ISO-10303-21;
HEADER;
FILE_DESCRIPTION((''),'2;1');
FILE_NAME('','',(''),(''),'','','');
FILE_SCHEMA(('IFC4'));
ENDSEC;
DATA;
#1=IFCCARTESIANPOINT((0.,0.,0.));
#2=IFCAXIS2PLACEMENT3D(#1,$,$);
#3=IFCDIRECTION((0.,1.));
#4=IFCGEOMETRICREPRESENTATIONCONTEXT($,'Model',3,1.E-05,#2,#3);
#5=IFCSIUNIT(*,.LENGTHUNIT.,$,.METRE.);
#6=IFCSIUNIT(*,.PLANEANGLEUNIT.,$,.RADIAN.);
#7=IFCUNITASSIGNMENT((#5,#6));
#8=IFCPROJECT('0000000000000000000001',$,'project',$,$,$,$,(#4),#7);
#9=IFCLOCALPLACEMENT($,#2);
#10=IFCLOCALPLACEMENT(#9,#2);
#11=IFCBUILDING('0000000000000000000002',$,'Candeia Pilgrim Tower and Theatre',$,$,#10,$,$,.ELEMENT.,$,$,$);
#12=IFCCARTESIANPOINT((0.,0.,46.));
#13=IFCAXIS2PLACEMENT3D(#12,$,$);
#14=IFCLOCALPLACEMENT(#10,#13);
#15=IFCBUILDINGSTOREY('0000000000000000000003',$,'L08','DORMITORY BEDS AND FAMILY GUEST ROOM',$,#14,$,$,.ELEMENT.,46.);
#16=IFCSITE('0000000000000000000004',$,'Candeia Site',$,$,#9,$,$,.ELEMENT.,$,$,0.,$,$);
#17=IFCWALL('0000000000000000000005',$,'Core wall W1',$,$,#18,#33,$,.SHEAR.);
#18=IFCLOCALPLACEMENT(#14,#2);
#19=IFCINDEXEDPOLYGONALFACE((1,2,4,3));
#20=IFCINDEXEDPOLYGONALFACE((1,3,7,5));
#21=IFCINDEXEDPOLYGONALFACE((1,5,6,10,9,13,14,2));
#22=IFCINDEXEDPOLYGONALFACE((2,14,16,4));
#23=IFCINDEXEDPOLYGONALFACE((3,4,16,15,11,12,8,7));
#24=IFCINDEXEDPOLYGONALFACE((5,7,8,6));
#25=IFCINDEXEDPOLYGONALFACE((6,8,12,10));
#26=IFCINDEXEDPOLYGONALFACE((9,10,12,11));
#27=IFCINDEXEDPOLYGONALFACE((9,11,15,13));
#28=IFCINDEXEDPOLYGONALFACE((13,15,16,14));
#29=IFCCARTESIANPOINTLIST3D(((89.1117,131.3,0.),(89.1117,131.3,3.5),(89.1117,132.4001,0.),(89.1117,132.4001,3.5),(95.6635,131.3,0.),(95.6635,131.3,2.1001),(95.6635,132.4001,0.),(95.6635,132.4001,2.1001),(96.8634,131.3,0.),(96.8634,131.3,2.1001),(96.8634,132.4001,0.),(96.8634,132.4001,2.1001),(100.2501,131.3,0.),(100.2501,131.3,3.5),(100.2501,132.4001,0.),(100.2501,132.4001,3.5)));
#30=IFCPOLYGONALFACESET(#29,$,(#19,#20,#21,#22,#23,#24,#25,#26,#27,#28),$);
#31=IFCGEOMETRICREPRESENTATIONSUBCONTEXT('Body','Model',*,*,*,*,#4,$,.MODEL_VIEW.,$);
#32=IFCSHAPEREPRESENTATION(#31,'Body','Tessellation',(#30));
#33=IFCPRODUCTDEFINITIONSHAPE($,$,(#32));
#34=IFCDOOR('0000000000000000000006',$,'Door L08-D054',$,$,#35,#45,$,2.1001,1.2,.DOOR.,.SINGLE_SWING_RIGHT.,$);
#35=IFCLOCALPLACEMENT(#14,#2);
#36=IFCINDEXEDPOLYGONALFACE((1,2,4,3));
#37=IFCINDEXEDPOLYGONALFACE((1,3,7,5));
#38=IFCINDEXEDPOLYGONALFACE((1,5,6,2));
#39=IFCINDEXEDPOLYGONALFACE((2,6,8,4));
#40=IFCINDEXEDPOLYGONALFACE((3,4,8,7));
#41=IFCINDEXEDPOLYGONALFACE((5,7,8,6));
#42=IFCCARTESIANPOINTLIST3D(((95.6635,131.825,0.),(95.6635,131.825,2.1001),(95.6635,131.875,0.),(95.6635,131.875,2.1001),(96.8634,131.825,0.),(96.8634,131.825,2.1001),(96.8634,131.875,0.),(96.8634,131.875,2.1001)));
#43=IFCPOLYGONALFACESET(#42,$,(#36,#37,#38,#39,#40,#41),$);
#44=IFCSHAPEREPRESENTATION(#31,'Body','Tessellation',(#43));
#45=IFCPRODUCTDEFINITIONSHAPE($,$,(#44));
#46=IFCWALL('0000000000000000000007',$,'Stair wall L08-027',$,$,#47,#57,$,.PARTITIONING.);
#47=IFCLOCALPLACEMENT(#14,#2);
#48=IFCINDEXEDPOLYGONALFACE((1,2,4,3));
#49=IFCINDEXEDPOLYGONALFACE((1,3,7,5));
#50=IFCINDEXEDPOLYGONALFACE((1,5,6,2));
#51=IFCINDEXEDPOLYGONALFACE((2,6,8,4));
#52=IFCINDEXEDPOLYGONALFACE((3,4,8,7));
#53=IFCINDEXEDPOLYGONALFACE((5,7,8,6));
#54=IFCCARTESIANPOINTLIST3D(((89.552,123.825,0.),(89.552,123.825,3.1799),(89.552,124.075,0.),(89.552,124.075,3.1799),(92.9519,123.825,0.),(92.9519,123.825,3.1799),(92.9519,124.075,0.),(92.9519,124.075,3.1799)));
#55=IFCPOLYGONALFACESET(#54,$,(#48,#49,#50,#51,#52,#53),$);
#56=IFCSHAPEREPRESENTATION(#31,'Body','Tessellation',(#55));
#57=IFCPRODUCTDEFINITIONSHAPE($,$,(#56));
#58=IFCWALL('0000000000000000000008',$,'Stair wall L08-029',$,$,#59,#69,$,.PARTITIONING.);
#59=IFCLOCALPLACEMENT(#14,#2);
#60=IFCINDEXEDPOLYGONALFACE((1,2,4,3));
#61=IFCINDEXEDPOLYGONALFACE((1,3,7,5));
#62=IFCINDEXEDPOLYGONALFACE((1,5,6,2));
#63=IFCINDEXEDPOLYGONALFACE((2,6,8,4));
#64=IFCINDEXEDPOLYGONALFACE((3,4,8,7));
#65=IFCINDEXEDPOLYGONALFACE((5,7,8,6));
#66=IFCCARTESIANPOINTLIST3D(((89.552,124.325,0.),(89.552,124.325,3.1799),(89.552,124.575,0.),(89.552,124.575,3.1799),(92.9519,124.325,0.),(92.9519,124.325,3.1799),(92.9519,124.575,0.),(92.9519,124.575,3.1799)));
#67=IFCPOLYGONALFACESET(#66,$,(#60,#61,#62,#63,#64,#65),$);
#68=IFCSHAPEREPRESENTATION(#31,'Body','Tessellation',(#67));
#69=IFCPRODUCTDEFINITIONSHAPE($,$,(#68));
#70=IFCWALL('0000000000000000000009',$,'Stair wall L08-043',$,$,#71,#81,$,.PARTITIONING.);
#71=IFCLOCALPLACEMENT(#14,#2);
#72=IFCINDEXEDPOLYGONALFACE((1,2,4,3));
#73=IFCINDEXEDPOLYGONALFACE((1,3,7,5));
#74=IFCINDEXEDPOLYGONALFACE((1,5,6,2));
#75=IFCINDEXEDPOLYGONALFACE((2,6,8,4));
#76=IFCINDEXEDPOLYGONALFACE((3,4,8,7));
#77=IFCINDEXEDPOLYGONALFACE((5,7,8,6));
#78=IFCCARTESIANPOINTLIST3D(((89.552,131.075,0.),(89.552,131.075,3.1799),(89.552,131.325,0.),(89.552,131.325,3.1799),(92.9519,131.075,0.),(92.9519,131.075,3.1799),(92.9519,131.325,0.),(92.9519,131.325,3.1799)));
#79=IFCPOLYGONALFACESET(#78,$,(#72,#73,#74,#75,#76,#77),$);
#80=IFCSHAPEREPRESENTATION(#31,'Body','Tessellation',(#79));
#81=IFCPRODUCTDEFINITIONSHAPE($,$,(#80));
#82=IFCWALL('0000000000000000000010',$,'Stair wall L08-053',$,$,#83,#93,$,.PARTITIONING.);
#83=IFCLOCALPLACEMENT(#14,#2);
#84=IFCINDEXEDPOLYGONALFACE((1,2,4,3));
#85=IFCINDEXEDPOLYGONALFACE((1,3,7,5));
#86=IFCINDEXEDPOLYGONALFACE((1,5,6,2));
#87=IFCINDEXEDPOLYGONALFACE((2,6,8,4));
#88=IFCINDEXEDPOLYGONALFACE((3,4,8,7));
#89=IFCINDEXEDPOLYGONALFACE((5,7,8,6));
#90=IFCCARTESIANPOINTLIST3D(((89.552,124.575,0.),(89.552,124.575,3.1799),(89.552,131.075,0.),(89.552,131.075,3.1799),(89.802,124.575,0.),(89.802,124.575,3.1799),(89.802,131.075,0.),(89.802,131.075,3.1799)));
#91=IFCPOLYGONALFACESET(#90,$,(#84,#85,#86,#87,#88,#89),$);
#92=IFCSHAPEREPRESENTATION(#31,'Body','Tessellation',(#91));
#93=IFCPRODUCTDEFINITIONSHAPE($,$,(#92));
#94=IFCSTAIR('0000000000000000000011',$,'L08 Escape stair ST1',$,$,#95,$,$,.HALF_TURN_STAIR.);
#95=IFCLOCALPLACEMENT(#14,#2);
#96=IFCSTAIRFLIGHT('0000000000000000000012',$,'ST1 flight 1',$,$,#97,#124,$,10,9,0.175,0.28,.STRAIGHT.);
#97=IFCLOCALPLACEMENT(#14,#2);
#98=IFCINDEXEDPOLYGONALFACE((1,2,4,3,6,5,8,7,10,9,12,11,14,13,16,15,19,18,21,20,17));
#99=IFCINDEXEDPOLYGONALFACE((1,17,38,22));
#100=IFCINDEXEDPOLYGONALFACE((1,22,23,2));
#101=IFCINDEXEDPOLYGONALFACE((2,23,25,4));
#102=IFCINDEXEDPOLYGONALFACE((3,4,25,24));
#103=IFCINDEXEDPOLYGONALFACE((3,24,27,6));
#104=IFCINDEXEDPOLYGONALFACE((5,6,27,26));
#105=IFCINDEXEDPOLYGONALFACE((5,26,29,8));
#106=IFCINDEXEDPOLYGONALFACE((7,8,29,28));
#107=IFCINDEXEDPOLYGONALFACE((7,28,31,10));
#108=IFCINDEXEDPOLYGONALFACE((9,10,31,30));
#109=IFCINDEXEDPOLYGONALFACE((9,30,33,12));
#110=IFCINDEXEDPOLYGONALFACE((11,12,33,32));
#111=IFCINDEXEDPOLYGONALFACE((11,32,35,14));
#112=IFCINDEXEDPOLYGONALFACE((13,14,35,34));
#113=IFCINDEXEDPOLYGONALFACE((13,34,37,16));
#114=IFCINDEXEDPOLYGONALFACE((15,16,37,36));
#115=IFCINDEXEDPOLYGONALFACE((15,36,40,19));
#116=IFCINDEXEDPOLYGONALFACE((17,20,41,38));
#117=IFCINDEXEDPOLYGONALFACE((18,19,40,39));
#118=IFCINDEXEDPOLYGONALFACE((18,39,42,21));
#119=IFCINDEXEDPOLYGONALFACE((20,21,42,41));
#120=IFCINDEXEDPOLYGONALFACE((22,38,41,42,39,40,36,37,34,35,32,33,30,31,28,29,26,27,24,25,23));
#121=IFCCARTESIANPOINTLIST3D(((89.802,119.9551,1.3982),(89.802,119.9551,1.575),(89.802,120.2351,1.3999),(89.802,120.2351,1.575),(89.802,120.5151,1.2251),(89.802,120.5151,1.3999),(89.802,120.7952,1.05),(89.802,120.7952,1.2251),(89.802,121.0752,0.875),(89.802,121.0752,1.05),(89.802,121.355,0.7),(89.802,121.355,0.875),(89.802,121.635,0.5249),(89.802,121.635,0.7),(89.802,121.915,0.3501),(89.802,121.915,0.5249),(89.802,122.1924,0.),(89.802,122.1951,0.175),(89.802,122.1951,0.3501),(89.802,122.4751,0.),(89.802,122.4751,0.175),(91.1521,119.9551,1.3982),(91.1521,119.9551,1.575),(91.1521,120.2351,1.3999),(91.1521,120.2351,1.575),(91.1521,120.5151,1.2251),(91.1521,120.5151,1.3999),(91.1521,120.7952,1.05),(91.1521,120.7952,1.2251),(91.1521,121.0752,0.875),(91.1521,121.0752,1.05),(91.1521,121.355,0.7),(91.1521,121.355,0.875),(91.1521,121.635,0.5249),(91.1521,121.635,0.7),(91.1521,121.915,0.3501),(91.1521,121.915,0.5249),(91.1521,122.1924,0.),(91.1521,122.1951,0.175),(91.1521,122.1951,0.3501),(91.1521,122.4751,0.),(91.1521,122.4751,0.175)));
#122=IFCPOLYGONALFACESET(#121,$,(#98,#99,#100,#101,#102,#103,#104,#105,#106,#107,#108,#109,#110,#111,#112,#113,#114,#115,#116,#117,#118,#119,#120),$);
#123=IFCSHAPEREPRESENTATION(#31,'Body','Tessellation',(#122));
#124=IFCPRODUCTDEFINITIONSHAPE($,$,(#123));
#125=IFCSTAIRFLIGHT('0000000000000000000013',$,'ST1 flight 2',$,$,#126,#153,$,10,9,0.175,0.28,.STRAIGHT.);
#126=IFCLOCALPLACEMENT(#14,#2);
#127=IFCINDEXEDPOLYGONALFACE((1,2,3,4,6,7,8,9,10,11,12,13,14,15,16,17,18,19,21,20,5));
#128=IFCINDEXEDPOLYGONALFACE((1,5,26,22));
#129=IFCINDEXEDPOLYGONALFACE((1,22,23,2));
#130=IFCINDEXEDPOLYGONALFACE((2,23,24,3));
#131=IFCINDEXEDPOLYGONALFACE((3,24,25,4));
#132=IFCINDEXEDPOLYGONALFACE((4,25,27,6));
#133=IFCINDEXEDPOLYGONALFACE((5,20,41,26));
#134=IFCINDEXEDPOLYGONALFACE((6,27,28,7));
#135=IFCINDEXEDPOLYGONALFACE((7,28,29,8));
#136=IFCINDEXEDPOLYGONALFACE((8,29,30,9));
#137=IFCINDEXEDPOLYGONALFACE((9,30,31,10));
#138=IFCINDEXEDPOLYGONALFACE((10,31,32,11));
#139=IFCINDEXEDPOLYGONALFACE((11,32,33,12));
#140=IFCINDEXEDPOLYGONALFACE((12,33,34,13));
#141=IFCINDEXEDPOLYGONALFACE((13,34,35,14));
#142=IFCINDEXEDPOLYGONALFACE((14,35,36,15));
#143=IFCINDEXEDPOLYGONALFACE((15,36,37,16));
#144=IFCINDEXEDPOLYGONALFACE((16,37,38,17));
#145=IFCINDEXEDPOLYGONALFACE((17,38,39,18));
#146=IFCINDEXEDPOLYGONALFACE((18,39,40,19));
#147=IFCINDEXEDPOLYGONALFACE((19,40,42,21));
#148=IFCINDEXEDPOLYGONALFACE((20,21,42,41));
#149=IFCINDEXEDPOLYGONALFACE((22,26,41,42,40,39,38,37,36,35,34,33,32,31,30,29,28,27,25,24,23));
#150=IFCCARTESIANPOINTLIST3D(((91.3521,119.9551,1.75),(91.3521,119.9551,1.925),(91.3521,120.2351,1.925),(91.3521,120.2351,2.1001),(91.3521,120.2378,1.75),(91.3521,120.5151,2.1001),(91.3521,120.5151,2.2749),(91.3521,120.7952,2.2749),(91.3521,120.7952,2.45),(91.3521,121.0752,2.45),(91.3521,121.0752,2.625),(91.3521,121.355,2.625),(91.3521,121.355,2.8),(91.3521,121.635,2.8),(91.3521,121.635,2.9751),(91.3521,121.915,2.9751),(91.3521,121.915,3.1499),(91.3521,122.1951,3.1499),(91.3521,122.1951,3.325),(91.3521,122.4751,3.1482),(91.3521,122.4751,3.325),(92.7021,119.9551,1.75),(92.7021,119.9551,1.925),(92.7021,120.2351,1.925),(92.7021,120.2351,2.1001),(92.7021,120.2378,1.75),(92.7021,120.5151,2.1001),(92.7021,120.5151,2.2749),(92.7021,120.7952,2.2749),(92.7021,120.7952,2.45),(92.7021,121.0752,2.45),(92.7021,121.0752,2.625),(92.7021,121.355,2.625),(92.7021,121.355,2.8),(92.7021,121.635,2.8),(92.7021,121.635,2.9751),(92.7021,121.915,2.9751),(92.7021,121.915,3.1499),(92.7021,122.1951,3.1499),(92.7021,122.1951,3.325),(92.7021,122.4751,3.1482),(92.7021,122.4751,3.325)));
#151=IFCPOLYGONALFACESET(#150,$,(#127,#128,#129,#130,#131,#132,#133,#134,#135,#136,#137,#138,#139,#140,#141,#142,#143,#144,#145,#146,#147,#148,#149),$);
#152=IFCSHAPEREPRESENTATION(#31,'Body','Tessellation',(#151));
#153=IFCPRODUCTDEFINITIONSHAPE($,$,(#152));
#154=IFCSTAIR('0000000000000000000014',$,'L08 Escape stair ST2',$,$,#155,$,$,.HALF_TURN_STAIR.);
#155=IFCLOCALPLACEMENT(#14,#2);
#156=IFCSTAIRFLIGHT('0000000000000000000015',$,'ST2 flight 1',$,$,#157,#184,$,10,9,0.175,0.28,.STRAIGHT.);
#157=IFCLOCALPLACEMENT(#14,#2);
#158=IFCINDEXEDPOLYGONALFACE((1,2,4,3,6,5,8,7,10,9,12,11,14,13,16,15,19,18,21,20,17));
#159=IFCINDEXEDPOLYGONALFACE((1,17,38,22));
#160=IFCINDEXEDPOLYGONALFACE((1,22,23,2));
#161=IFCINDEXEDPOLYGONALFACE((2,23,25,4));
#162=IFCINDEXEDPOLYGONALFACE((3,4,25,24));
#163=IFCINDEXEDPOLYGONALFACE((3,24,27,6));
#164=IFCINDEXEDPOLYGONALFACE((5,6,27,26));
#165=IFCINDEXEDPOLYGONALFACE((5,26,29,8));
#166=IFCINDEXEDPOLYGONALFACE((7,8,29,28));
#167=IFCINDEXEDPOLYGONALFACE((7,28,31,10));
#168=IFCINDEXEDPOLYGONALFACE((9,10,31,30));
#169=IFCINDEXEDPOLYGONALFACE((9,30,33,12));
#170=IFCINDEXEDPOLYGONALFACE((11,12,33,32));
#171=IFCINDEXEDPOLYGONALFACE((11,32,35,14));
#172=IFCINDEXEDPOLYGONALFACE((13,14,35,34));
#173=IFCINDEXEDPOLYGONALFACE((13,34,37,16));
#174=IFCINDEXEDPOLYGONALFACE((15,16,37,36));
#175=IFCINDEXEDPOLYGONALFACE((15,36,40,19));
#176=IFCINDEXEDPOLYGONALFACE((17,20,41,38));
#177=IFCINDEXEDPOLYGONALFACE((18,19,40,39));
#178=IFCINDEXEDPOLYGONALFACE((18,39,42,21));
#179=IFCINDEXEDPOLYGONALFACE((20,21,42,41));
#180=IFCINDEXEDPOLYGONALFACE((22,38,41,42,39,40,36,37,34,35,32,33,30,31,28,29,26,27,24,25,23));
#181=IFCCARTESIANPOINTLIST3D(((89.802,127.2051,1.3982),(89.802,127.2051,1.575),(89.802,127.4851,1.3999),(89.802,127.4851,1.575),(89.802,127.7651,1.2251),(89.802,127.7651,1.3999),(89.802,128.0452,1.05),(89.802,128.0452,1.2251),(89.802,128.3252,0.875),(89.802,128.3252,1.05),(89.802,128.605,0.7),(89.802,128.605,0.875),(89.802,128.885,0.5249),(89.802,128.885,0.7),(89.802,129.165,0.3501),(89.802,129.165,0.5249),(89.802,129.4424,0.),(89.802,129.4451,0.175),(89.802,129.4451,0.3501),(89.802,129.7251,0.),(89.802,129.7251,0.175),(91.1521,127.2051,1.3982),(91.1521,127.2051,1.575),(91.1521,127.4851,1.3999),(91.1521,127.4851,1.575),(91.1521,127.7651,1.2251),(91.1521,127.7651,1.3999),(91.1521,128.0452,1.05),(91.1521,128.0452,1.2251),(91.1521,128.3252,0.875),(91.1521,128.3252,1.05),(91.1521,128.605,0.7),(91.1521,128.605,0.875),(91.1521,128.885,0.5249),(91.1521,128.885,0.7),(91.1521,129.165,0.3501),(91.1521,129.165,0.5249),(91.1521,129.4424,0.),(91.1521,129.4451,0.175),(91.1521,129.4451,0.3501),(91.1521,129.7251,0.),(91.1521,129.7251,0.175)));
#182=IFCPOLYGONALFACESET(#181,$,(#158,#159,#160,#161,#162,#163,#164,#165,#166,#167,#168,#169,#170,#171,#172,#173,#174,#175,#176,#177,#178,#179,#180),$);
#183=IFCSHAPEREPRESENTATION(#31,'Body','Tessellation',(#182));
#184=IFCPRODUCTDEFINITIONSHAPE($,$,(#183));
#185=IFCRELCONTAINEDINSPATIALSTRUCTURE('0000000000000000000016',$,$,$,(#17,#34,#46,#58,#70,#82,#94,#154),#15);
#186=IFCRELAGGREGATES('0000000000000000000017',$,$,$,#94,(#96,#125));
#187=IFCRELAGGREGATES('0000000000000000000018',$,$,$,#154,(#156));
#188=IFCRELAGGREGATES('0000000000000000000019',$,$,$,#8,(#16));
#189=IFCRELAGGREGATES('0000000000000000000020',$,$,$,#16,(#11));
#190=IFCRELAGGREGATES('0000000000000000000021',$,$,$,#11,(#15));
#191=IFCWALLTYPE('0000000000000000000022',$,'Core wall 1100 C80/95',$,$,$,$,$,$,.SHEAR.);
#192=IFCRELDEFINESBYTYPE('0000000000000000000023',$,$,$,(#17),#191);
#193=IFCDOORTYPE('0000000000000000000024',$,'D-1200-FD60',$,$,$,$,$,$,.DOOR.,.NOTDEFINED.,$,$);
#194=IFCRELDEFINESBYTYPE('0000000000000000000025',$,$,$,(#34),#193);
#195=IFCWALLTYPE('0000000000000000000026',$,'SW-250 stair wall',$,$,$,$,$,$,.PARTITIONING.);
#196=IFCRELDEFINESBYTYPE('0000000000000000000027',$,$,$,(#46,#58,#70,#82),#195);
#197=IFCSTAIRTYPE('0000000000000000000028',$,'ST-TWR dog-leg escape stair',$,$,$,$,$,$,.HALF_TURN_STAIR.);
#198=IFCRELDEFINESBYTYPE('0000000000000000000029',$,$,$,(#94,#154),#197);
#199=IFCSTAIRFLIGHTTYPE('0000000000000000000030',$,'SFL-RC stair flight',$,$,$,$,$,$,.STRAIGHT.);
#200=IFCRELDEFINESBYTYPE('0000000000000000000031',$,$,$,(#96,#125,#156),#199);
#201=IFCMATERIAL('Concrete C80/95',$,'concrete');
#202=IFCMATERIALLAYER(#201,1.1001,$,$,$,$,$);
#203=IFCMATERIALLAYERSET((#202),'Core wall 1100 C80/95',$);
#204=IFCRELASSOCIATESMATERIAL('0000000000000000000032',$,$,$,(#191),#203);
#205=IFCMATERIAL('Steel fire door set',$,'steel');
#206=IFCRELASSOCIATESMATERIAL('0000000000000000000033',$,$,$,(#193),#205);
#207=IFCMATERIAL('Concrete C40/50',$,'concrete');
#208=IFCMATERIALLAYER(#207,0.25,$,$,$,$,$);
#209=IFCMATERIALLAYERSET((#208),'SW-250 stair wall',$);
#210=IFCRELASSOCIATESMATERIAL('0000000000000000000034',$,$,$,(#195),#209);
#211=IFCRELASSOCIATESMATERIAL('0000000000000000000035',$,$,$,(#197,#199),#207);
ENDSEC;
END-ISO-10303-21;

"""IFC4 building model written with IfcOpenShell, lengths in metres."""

from ifc_helpers import new_model, si_unit, direction, frame, frame_2d, origin, place, context, subcontext, project, spatial, polyline, rectangle, outline, extrude, material, layer, layer_set, type_object, element, fill, aggregate, save


model = new_model("IFC4")

# Units and contexts
model_context = context("Model", 3, precision=1e-05, world=origin(), true_north=direction((0.0, 1.0)))
body_context = subcontext(model_context, "Body", "Model", "MODEL_VIEW")
ifc_project = project(units=[si_unit("LENGTHUNIT", "METRE"), si_unit("PLANEANGLEUNIT", "RADIAN")], contexts=[model_context])

# Site, building, storey
site_placement = place(None, origin())
site = spatial("IfcSite", under=ifc_project, at=site_placement, Name="Candeia Site", CompositionType="ELEMENT", RefElevation=0.0)
building_placement = place(site_placement, origin())
building = spatial("IfcBuilding", under=site, at=building_placement, Name="Candeia Pilgrim Tower and Theatre", CompositionType="ELEMENT")
storey_placement = place(building_placement, frame((0.0, 0.0, 46.0)))
storey = spatial("IfcBuildingStorey", under=building, at=storey_placement, Name="L08", Description="DORMITORY BEDS AND FAMILY GUEST ROOM", CompositionType="ELEMENT", Elevation=46.0)

# Wall, opening, door
ifc_material_1 = material(Name="Concrete C80/95", Category="concrete")
ifc_layer_1 = layer(ifc_material_1, 1.1001)
ifc_layer_set_1 = layer_set([ifc_layer_1], Name="Core wall 1100 C80/95")
wall_type_1 = type_object("IfcWallType", Name="Core wall 1100 C80/95", PredefinedType="SHEAR", material=ifc_layer_set_1)
wall_1_placement = place(storey_placement, frame((89.1116, 131.8501, 0.0), z_axis=(0.0, 0.0, 1.0), x_axis=(1.0, 0.0, 0.0)))
wall_1 = element("IfcWall", 1, at=wall_1_placement, inside=storey, type_object=wall_type_1, Name="Core wall W1", PredefinedType="SHEAR", context=body_context, shape_type="SweptSolid", body=[
    extrude(rectangle(XDim=11.1384, YDim=1.1001, at=frame_2d((5.5693, 0.0))), origin(), (0.0, 0.0, 1.0), 3.5),
])
opening_placement = place(wall_1_placement, frame((6.5518, 0.0, 0.0)))
opening = element("IfcOpeningElement", 2, at=opening_placement, cuts=wall_1, PredefinedType="OPENING", context=body_context, shape_type="SweptSolid", body=[
    extrude(rectangle(XDim=1.2, YDim=2.1001, at=frame_2d((0.6001, 1.05))), frame((0.0, 0.5601, 0.0), z_axis=(0.0, -1.0, 0.0), x_axis=(1.0, 0.0, 0.0)), (0.0, 0.0, 1.0), 1.1201),
])
ifc_material_2 = material(Name="Steel fire door set", Category="steel")
door_type = type_object("IfcDoorType", Name="D-1200-FD60", OperationType="NOTDEFINED", PredefinedType="DOOR", material=ifc_material_2)
door_placement = place(opening_placement, origin())
door = element("IfcDoor", 3, at=door_placement, inside=storey, type_object=door_type, Name="Door L08-D054", OperationType="SINGLE_SWING_RIGHT", OverallHeight=2.1001, OverallWidth=1.2, PredefinedType="DOOR", context=body_context, shape_type="SweptSolid", body=[
    extrude(rectangle(XDim=1.2, YDim=2.1001, at=frame_2d((0.6001, 1.05))), frame((0.0, 0.0249, 0.0), z_axis=(0.0, -1.0, 0.0), x_axis=(1.0, 0.0, 0.0)), (0.0, 0.0, 1.0), 0.05),
])
fill(opening, door)

# Walls
ifc_material_3 = material(Name="Concrete C40/50", Category="concrete")
ifc_layer_2 = layer(ifc_material_3, 0.25)
ifc_layer_set_2 = layer_set([ifc_layer_2], Name="SW-250 stair wall")
wall_type_2 = type_object("IfcWallType", Name="SW-250 stair wall", PredefinedType="PARTITIONING", material=ifc_layer_set_2)
for number, where, z_axis, x_axis, name in (
    (4, (89.552, 123.95, 0.0), (0.0, 0.0, 1.0), (1.0, 0.0, 0.0), "Stair wall L08-027"),
    (5, (89.552, 124.45, 0.0), (0.0, 0.0, 1.0), (1.0, 0.0, 0.0), "Stair wall L08-029"),
    (6, (89.552, 131.2, 0.0), (0.0, 0.0, 1.0), (1.0, 0.0, 0.0), "Stair wall L08-043"),
):
    element("IfcWall", number, at=place(storey_placement, frame(where, z_axis=z_axis, x_axis=x_axis)), inside=storey, type_object=wall_type_2, Name=name, PredefinedType="PARTITIONING", context=body_context, shape_type="SweptSolid", body=[
        extrude(rectangle(XDim=3.3999, YDim=0.25, at=frame_2d((1.7, 0.0))), origin(), (0.0, 0.0, 1.0), 3.1799),
    ])
wall_2_placement = place(storey_placement, frame((89.677, 124.575, 0.0), z_axis=(0.0, 0.0, 1.0), x_axis=(0.0, 1.0, 0.0)))
element("IfcWall", 7, at=wall_2_placement, inside=storey, type_object=wall_type_2, Name="Stair wall L08-053", PredefinedType="PARTITIONING", context=body_context, shape_type="SweptSolid", body=[
    extrude(rectangle(XDim=6.5, YDim=0.25, at=frame_2d((3.25, 0.0))), origin(), (0.0, 0.0, 1.0), 3.1799),
])

# Stairs, stair flights
stair_type = type_object("IfcStairType", Name="ST-TWR dog-leg escape stair", PredefinedType="HALF_TURN_STAIR", material=ifc_material_3)
stair_1_placement = place(storey_placement, origin())
stair_1 = element("IfcStair", 8, at=stair_1_placement, inside=storey, type_object=stair_type, Name="L08 Escape stair ST1", PredefinedType="HALF_TURN_STAIR")
stair_flight_type = type_object("IfcStairFlightType", Name="SFL-RC stair flight", PredefinedType="STRAIGHT", material=ifc_material_3)
stair_flight_1_placement = place(storey_placement, frame((90.4771, 122.4751, 0.0), z_axis=(0.0, 0.0, 1.0), x_axis=(0.0, -1.0, 0.0)))
stair_flight_1 = element("IfcStairFlight", 9, at=stair_flight_1_placement, type_object=stair_flight_type, Name="ST1 flight 1", NumberOfRisers=10, NumberOfTreads=9, PredefinedType="STRAIGHT", RiserHeight=0.175, TreadLength=0.28, context=body_context, shape_type="SweptSolid", body=[
    extrude(outline(polyline([(0.0, 0.0), (0.0, 0.175), (0.28, 0.175), (0.28, 0.3501), (0.5601, 0.3501), (0.5601, 0.5249), (0.8401, 0.5249), (0.8401, 0.7), (1.1201, 0.7), (1.1201, 0.875), (1.3999, 0.875), (1.3999, 1.05), (1.6799, 1.05), (1.6799, 1.2251), (1.96, 1.2251), (1.96, 1.3999), (2.24, 1.3999), (2.24, 1.575), (2.52, 1.575), (2.52, 1.75), (2.52, 1.3982), (0.2827, 0.0), (0.0, 0.0)])), frame((0.0, 0.675, 0.0), z_axis=(0.0, -1.0, 0.0), x_axis=(1.0, 0.0, 0.0)), (0.0, 0.0, 1.0), 1.3501),
])
stair_flight_2_placement = place(storey_placement, frame((92.0271, 119.9551, 1.75), z_axis=(0.0, 0.0, 1.0), x_axis=(0.0, 1.0, 0.0)))
stair_flight_2 = element("IfcStairFlight", 10, at=stair_flight_2_placement, type_object=stair_flight_type, Name="ST1 flight 2", NumberOfRisers=10, NumberOfTreads=9, PredefinedType="STRAIGHT", RiserHeight=0.175, TreadLength=0.28, context=body_context, shape_type="SweptSolid", body=[
    extrude(outline(polyline([(0.0, 0.0), (0.0, 0.175), (0.28, 0.175), (0.28, 0.3501), (0.5601, 0.3501), (0.5601, 0.5249), (0.8401, 0.5249), (0.8401, 0.7), (1.1201, 0.7), (1.1201, 0.875), (1.3999, 0.875), (1.3999, 1.05), (1.6799, 1.05), (1.6799, 1.2251), (1.96, 1.2251), (1.96, 1.3999), (2.24, 1.3999), (2.24, 1.575), (2.52, 1.575), (2.52, 1.75), (2.52, 1.3982), (0.2827, 0.0), (0.0, 0.0)])), frame((0.0, 0.675, 0.0), z_axis=(0.0, -1.0, 0.0), x_axis=(1.0, 0.0, 0.0)), (0.0, 0.0, 1.0), 1.3501),
])
aggregate(stair_1, [stair_flight_1, stair_flight_2])
stair_2_placement = place(storey_placement, origin())
stair_2 = element("IfcStair", 11, at=stair_2_placement, inside=storey, type_object=stair_type, Name="L08 Escape stair ST2", PredefinedType="HALF_TURN_STAIR")
stair_flight_3_placement = place(storey_placement, frame((90.4771, 129.7251, 0.0), z_axis=(0.0, 0.0, 1.0), x_axis=(0.0, -1.0, 0.0)))
stair_flight_3 = element("IfcStairFlight", 12, at=stair_flight_3_placement, type_object=stair_flight_type, Name="ST2 flight 1", NumberOfRisers=10, NumberOfTreads=9, PredefinedType="STRAIGHT", RiserHeight=0.175, TreadLength=0.28, context=body_context, shape_type="SweptSolid", body=[
    extrude(outline(polyline([(0.0, 0.0), (0.0, 0.175), (0.28, 0.175), (0.28, 0.3501), (0.5601, 0.3501), (0.5601, 0.5249), (0.8401, 0.5249), (0.8401, 0.7), (1.1201, 0.7), (1.1201, 0.875), (1.3999, 0.875), (1.3999, 1.05), (1.6799, 1.05), (1.6799, 1.2251), (1.96, 1.2251), (1.96, 1.3999), (2.24, 1.3999), (2.24, 1.575), (2.52, 1.575), (2.52, 1.75), (2.52, 1.3982), (0.2827, 0.0), (0.0, 0.0)])), frame((0.0, 0.675, 0.0), z_axis=(0.0, -1.0, 0.0), x_axis=(1.0, 0.0, 0.0)), (0.0, 0.0, 1.0), 1.3501),
])
aggregate(stair_2, [stair_flight_3])

save(model, "model.ifc")
